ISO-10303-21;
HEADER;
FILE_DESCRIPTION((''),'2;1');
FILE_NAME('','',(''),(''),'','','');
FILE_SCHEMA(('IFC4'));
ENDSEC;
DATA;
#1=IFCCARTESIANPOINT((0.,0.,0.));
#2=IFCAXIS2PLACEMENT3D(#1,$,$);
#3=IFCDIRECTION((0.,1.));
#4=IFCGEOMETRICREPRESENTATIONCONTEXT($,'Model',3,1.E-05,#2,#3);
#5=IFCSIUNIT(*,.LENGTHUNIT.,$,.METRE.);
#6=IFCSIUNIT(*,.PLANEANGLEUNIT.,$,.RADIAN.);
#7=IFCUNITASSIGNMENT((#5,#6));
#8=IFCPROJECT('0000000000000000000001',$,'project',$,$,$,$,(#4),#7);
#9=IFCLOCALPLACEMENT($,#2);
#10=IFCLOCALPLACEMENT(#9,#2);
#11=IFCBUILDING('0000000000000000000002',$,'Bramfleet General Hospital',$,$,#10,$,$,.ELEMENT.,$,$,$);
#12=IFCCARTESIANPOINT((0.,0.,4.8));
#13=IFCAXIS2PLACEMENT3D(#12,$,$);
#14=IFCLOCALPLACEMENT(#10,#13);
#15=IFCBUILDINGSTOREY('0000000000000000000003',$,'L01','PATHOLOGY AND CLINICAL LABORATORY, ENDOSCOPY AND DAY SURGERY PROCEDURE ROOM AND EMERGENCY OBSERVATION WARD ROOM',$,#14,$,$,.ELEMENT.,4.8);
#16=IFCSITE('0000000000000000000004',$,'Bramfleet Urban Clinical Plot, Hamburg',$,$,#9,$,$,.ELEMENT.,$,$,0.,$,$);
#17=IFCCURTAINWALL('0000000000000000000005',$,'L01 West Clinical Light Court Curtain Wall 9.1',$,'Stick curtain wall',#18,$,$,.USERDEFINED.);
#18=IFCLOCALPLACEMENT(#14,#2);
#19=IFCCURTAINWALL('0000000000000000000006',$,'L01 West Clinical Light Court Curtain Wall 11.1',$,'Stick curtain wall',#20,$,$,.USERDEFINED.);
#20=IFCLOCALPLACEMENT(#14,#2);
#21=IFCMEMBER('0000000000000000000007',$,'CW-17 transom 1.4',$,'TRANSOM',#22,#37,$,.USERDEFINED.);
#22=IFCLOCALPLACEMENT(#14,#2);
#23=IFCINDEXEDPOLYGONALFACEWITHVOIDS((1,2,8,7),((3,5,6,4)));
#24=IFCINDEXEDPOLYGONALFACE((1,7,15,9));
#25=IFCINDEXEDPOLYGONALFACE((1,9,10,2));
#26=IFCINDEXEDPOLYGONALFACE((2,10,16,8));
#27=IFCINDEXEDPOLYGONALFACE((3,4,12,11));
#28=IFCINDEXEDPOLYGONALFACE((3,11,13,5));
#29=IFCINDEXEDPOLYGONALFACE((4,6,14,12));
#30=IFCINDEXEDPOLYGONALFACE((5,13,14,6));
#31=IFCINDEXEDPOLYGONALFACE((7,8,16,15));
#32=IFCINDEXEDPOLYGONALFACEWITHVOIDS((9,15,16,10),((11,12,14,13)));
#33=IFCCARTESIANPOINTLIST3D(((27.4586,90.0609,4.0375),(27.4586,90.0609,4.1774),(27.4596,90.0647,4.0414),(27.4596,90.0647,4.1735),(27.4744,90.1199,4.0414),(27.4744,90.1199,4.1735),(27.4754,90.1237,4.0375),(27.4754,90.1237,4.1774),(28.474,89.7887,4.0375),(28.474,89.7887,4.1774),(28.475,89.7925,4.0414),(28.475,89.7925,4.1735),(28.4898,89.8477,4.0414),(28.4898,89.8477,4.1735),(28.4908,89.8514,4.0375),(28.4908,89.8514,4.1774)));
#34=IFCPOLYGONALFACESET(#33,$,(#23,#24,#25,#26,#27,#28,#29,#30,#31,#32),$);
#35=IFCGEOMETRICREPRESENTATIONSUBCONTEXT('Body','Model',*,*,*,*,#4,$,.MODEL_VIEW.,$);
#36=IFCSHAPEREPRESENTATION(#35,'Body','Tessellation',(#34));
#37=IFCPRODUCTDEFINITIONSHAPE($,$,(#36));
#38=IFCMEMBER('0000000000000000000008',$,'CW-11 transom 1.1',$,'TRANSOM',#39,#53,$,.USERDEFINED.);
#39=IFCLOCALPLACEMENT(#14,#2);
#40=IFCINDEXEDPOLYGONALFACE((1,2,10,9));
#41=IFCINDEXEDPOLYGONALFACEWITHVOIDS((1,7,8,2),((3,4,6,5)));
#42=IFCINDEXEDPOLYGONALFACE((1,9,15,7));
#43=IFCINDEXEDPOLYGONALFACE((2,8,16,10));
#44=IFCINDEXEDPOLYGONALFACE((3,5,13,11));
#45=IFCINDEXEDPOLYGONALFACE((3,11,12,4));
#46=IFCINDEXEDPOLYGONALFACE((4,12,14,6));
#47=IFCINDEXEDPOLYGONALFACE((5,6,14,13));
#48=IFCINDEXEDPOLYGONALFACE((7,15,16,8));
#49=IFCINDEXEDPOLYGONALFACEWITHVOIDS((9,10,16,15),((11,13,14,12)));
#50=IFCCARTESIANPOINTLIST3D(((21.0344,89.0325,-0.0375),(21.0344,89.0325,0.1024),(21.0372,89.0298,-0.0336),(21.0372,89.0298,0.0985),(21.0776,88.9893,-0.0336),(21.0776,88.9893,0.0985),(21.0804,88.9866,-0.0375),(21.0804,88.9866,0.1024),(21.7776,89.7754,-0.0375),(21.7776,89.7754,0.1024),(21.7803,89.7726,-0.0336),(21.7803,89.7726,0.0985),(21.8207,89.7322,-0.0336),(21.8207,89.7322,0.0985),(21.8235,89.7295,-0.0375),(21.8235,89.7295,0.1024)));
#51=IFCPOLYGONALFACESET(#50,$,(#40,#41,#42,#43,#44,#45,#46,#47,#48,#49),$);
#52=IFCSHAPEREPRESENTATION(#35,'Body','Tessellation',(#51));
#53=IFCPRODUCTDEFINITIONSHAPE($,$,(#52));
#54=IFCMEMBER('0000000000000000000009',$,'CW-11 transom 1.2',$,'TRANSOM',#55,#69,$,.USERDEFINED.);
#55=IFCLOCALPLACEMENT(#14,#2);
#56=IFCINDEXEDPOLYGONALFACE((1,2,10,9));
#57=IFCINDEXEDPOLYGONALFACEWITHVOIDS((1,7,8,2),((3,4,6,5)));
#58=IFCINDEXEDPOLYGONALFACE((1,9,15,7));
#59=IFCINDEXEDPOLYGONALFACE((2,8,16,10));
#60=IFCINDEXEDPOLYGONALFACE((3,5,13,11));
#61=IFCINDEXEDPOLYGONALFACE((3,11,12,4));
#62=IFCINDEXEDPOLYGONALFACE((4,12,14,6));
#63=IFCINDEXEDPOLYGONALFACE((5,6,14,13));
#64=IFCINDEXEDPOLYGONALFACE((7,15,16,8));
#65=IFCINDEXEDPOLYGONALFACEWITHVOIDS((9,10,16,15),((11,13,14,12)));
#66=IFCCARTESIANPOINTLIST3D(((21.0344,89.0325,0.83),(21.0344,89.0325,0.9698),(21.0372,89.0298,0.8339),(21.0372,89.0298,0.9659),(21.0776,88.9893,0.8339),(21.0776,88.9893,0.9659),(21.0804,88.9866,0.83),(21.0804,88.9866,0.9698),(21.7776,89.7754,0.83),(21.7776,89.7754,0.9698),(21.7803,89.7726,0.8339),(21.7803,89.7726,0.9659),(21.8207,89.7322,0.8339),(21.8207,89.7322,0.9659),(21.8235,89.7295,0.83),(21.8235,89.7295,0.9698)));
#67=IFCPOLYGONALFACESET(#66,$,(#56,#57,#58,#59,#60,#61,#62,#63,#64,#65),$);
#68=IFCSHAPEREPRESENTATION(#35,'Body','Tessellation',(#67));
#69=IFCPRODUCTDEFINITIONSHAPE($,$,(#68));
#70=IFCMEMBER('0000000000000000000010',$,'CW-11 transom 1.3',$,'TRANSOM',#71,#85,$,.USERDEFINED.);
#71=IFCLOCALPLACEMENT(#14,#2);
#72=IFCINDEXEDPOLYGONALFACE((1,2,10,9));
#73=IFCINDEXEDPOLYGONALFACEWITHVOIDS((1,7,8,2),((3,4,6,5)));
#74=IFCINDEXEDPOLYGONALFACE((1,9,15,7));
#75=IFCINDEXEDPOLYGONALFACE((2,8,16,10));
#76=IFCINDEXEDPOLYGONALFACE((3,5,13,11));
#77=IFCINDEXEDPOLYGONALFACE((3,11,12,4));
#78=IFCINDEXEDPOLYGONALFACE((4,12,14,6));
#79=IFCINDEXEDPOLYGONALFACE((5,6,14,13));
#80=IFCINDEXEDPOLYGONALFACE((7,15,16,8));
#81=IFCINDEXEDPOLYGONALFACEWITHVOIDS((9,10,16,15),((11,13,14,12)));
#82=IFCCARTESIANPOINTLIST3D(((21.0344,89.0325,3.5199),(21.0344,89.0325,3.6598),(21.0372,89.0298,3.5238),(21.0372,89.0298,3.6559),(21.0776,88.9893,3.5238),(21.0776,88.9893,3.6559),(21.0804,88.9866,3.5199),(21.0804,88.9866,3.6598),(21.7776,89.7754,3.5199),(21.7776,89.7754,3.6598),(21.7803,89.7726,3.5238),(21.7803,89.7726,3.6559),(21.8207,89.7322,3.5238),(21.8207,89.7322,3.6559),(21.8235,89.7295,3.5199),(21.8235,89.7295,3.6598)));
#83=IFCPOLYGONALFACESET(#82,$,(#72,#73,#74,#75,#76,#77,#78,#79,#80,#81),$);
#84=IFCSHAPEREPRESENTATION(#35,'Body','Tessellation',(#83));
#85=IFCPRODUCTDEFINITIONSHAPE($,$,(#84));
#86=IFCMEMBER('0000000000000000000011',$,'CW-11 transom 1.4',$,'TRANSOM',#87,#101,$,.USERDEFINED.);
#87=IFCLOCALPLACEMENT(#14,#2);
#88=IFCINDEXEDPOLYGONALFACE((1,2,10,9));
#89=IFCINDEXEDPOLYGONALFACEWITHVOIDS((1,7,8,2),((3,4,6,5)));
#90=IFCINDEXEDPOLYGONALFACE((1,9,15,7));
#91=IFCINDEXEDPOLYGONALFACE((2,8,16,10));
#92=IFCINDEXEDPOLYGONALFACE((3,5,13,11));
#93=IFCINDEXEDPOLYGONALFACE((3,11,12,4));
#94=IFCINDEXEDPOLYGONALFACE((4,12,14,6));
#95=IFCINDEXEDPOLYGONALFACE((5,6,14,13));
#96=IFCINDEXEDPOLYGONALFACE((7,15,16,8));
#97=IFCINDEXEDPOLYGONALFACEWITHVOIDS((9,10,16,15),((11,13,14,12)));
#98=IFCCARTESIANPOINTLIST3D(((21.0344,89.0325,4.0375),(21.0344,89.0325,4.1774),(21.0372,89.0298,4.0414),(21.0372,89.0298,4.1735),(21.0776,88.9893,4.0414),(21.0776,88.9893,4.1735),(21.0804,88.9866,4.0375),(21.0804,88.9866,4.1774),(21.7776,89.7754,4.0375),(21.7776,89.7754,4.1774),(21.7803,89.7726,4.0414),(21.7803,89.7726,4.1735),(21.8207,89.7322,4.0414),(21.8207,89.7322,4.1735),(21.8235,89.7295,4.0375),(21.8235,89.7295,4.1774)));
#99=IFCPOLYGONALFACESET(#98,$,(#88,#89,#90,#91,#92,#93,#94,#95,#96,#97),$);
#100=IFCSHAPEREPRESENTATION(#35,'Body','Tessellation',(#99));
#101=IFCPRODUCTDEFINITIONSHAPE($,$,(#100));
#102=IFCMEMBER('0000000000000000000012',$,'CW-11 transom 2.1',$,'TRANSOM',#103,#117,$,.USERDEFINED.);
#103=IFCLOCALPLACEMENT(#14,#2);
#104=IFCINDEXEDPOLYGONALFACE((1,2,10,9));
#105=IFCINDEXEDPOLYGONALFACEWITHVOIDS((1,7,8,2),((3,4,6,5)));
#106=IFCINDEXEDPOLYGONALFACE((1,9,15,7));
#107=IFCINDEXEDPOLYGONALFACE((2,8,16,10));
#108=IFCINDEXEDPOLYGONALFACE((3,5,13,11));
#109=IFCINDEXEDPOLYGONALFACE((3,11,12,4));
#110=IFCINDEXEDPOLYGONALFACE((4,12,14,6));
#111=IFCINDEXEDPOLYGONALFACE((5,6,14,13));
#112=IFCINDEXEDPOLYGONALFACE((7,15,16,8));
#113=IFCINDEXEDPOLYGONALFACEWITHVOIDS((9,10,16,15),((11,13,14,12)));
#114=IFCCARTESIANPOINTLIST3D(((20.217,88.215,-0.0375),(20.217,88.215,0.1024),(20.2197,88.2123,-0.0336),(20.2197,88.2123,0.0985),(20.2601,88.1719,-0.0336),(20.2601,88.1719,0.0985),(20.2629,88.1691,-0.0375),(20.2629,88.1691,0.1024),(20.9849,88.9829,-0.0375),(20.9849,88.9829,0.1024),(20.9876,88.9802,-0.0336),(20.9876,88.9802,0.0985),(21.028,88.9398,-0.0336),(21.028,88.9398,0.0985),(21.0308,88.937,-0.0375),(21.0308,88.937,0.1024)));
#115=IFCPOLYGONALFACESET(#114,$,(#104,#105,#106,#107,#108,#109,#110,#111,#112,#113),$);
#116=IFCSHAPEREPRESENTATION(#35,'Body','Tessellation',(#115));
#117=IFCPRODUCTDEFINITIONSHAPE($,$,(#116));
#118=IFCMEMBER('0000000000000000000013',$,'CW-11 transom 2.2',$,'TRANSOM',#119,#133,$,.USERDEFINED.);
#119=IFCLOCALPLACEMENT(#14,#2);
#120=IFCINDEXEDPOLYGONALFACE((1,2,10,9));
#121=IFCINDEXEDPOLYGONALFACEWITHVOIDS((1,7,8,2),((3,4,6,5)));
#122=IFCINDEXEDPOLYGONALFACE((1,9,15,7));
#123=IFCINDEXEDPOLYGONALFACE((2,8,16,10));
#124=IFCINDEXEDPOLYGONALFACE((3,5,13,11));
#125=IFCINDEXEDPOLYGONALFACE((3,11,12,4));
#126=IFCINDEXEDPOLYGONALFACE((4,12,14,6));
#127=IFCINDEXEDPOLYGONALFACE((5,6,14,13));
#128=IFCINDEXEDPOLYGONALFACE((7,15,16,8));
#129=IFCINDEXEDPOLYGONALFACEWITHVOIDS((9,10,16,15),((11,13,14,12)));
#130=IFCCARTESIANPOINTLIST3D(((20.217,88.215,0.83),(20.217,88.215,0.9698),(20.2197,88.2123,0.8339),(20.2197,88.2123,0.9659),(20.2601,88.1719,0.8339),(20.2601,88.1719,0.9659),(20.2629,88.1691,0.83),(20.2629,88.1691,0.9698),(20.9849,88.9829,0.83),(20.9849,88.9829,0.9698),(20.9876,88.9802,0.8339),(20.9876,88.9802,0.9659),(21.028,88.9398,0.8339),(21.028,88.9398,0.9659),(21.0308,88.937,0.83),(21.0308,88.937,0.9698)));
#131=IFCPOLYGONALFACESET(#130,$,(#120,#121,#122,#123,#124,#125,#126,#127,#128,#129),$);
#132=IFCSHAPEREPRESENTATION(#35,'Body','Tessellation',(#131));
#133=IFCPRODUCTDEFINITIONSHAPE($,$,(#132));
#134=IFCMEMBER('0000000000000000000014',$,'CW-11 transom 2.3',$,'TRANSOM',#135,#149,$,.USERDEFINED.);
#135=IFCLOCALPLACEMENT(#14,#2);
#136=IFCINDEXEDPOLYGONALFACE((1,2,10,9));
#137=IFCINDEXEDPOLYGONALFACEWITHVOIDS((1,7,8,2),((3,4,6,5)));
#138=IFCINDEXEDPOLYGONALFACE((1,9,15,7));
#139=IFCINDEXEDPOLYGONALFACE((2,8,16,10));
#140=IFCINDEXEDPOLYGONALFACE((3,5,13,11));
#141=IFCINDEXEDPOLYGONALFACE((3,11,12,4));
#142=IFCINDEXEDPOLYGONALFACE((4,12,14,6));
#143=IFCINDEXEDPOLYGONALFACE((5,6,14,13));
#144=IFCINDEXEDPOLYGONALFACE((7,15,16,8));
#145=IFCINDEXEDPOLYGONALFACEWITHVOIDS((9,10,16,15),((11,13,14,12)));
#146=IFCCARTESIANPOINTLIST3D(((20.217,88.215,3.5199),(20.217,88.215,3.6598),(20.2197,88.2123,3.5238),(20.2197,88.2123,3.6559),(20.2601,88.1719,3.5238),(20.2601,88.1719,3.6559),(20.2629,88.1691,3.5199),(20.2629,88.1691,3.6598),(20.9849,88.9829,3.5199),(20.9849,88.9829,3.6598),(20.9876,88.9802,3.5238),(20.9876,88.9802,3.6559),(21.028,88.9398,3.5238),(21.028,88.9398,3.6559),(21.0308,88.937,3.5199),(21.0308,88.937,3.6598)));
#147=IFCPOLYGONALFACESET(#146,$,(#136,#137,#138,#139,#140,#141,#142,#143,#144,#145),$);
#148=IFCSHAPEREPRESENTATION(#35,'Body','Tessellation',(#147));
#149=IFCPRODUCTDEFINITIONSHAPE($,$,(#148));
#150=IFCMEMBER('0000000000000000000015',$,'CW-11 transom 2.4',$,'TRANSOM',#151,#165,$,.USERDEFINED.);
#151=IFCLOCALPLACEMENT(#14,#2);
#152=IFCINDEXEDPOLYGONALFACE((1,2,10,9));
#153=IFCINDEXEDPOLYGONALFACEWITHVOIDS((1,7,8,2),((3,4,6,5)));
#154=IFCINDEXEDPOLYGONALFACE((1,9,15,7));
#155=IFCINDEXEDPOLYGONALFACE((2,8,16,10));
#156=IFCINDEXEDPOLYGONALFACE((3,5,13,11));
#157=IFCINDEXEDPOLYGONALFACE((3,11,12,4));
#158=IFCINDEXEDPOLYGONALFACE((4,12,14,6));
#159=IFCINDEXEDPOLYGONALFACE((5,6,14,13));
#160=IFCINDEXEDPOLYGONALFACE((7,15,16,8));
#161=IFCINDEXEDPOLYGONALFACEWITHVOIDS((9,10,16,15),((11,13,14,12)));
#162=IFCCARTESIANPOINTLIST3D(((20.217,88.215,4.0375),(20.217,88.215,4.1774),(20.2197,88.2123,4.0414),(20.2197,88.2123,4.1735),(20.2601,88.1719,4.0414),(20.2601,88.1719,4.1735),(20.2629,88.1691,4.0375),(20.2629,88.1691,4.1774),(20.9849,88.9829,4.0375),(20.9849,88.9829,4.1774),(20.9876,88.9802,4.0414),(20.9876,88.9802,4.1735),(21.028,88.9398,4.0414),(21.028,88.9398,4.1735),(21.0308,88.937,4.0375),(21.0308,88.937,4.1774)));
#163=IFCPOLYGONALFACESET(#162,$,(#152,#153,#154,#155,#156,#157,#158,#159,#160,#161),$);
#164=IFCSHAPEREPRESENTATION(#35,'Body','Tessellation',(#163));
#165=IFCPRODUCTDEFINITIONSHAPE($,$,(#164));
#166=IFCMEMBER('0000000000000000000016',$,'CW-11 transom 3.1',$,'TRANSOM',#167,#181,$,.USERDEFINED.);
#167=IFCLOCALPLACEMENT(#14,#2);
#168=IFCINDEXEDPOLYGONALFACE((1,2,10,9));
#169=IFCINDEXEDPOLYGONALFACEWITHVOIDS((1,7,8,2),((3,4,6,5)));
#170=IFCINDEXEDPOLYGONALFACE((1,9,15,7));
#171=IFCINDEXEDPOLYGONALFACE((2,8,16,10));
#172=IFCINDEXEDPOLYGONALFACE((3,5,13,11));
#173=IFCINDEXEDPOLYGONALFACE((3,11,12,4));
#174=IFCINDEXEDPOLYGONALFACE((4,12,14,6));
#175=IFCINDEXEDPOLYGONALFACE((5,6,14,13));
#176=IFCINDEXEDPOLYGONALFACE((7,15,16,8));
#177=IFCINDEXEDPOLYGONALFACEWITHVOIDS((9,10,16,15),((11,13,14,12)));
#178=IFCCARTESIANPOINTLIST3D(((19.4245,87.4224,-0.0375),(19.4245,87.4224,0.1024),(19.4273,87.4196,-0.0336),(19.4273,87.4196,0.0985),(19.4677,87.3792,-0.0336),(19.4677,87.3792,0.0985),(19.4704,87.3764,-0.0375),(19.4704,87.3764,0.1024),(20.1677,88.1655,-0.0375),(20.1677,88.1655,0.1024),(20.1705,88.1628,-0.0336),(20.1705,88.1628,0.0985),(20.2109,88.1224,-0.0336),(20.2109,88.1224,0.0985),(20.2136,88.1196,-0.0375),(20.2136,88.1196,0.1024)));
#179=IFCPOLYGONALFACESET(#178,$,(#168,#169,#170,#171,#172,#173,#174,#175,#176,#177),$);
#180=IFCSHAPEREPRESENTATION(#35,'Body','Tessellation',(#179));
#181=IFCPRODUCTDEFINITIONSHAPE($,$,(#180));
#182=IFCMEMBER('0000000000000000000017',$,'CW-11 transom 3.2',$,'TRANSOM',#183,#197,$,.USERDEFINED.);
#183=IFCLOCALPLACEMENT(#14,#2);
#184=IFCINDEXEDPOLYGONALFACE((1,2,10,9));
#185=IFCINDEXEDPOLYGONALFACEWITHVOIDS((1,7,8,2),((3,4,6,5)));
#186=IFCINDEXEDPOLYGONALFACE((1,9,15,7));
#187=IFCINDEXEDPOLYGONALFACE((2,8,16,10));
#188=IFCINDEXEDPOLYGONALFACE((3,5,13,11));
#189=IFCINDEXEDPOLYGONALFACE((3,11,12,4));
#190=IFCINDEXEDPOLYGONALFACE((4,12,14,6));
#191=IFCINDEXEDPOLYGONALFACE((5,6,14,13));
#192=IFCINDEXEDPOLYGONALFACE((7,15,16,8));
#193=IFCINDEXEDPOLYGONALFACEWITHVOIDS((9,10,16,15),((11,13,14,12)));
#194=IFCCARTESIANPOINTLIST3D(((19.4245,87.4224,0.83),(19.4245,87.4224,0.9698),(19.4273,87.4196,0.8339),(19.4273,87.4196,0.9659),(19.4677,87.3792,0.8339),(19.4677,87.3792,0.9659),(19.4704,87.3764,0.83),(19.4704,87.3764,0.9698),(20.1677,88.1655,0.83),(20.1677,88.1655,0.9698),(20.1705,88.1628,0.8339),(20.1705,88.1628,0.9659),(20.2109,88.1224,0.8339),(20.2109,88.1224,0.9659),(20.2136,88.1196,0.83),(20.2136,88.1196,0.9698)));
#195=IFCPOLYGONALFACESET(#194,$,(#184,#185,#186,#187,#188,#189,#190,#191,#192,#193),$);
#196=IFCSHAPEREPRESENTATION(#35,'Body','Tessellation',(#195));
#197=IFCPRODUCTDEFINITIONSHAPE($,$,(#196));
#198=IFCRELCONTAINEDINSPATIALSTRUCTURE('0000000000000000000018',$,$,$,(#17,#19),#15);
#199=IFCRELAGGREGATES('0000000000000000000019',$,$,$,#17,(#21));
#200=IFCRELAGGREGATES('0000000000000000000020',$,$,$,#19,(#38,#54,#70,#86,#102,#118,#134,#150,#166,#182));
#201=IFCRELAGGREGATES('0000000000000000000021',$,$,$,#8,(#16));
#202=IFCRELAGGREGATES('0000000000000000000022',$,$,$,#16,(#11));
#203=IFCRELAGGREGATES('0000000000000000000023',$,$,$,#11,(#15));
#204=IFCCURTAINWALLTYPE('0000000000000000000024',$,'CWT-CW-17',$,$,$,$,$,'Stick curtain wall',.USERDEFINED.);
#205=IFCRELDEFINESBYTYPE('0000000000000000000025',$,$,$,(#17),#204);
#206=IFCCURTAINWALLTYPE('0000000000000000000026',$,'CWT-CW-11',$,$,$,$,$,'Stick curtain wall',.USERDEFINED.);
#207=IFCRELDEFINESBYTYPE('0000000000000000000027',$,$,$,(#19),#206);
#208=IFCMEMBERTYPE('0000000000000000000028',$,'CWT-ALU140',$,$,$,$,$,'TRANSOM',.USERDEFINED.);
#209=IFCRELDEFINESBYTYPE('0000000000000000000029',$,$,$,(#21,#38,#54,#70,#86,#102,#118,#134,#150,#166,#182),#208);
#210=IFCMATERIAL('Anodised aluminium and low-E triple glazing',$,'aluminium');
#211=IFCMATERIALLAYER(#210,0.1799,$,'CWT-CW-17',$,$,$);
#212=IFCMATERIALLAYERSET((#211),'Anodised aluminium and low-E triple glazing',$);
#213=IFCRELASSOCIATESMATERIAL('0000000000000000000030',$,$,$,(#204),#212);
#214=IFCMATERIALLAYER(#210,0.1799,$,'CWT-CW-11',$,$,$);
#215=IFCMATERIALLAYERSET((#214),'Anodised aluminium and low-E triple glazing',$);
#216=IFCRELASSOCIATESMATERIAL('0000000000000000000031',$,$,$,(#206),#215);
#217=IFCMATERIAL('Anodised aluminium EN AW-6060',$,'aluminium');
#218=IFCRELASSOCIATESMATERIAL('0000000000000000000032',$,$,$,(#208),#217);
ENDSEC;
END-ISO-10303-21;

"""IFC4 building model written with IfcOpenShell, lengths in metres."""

from ifc_helpers import new_model, si_unit, direction, frame, origin, origin_2d, place, context, subcontext, project, spatial, hollow_rectangle, extrude, material, layer, layer_set, material_profile, profile_set, type_object, element, aggregate, save


model = new_model("IFC4")

# Units and contexts
model_context = context("Model", 3, precision=1e-05, world=origin(), true_north=direction((0.0, 1.0)))
body_context = subcontext(model_context, "Body", "Model", "MODEL_VIEW")
ifc_project = project(units=[si_unit("LENGTHUNIT", "METRE"), si_unit("PLANEANGLEUNIT", "RADIAN")], contexts=[model_context])

# Site, building, storey
site_placement = place(None, origin())
site = spatial("IfcSite", under=ifc_project, at=site_placement, Name="Bramfleet Urban Clinical Plot, Hamburg", CompositionType="ELEMENT", RefElevation=0.0)
building_placement = place(site_placement, origin())
building = spatial("IfcBuilding", under=site, at=building_placement, Name="Bramfleet General Hospital", CompositionType="ELEMENT")
storey_placement = place(building_placement, frame((0.0, 0.0, 4.8)))
storey = spatial("IfcBuildingStorey", under=building, at=storey_placement, Name="L01", Description="PATHOLOGY AND CLINICAL LABORATORY, ENDOSCOPY AND DAY SURGERY PROCEDURE ROOM AND EMERGENCY OBSERVATION WARD ROOM", CompositionType="ELEMENT", Elevation=4.8)

# Curtain wall
ifc_material_1 = material(Name="Anodised aluminium and low-E triple glazing", Category="aluminium")
ifc_material_2 = material(Name="Anodised aluminium EN AW-6060", Category="aluminium")
ifc_layer_1 = layer(ifc_material_1, 0.1799, Name="CWT-CW-17")
ifc_layer_set_1 = layer_set([ifc_layer_1], Name="Anodised aluminium and low-E triple glazing")
curtain_wall_type_1 = type_object("IfcCurtainWallType", Name="CWT-CW-17", ElementType="Stick curtain wall", PredefinedType="USERDEFINED", material=ifc_layer_set_1)
curtain_wall_1_placement = place(storey_placement, origin())
curtain_wall_1 = element("IfcCurtainWall", 1, at=curtain_wall_1_placement, inside=storey, type_object=curtain_wall_type_1, Name="L01 West Clinical Light Court Curtain Wall 9.1", ObjectType="Stick curtain wall", PredefinedType="USERDEFINED")

# Curtain wall
ifc_layer_2 = layer(ifc_material_1, 0.1799, Name="CWT-CW-11")
ifc_layer_set_2 = layer_set([ifc_layer_2], Name="Anodised aluminium and low-E triple glazing")
curtain_wall_type_2 = type_object("IfcCurtainWallType", Name="CWT-CW-11", ElementType="Stick curtain wall", PredefinedType="USERDEFINED", material=ifc_layer_set_2)
curtain_wall_2_placement = place(storey_placement, origin())
curtain_wall_2 = element("IfcCurtainWall", 2, at=curtain_wall_2_placement, inside=storey, type_object=curtain_wall_type_2, Name="L01 West Clinical Light Court Curtain Wall 11.1", ObjectType="Stick curtain wall", PredefinedType="USERDEFINED")

# Members
ifc_material_profile_1 = material_profile(ifc_material_2, hollow_rectangle(XDim=0.0649, YDim=0.1399, WallThickness=0.0039, at=origin_2d()), Name="ALU 140x65x4.0")
ifc_profile_set_1 = profile_set([ifc_material_profile_1], Name="Anodised aluminium EN AW-6060")
member_type_1 = type_object("IfcMemberType", Name="CWT-ALU140", ElementType="TRANSOM", PredefinedType="USERDEFINED", material=ifc_profile_set_1)
member_1_placement = place(storey_placement, frame((28.4824, 89.8201, 4.1074), z_axis=(-0.965891, 0.258949, 0.0), x_axis=(-0.258949, -0.965891, 0.0)))
member_1 = element("IfcMember", 3, at=member_1_placement, type_object=member_type_1, Name="CW-17 transom 1.4", ObjectType="TRANSOM", PredefinedType="USERDEFINED", context=body_context, shape_type="SweptSolid", body=[
    extrude(hollow_rectangle(XDim=0.0649, YDim=0.1399, WallThickness=0.0039, at=origin_2d()), origin(), (0.0, 0.0, 1.0), 1.0513),
])
aggregate(curtain_wall_1, [member_1])
member_2_placement = place(storey_placement, frame((21.8005, 89.7524, 0.0325), z_axis=(-0.707223, -0.706991, 0.0), x_axis=(0.706991, -0.707223, 0.0)))
member_2 = element("IfcMember", 4, at=member_2_placement, type_object=member_type_1, Name="CW-11 transom 1.1", ObjectType="TRANSOM", PredefinedType="USERDEFINED", context=body_context, shape_type="SweptSolid", body=[
    extrude(hollow_rectangle(XDim=0.0649, YDim=0.1399, WallThickness=0.0039, at=origin_2d()), origin(), (0.0, 0.0, 1.0), 1.0508),
])
member_3_placement = place(storey_placement, frame((21.8005, 89.7524, 0.8999), z_axis=(-0.707223, -0.706991, 0.0), x_axis=(0.706991, -0.707223, 0.0)))
member_3 = element("IfcMember", 5, at=member_3_placement, type_object=member_type_1, Name="CW-11 transom 1.2", ObjectType="TRANSOM", PredefinedType="USERDEFINED", context=body_context, shape_type="SweptSolid", body=[
    extrude(hollow_rectangle(XDim=0.0649, YDim=0.1399, WallThickness=0.0039, at=origin_2d()), origin(), (0.0, 0.0, 1.0), 1.0508),
])
member_4_placement = place(storey_placement, frame((21.8005, 89.7524, 3.5898), z_axis=(-0.707223, -0.706991, 0.0), x_axis=(0.706991, -0.707223, 0.0)))
member_4 = element("IfcMember", 6, at=member_4_placement, type_object=member_type_1, Name="CW-11 transom 1.3", ObjectType="TRANSOM", PredefinedType="USERDEFINED", context=body_context, shape_type="SweptSolid", body=[
    extrude(hollow_rectangle(XDim=0.0649, YDim=0.1399, WallThickness=0.0039, at=origin_2d()), origin(), (0.0, 0.0, 1.0), 1.0508),
])
member_5_placement = place(storey_placement, frame((21.8005, 89.7524, 4.1074), z_axis=(-0.707223, -0.706991, 0.0), x_axis=(0.706991, -0.707223, 0.0)))
member_5 = element("IfcMember", 7, at=member_5_placement, type_object=member_type_1, Name="CW-11 transom 1.4", ObjectType="TRANSOM", PredefinedType="USERDEFINED", context=body_context, shape_type="SweptSolid", body=[
    extrude(hollow_rectangle(XDim=0.0649, YDim=0.1399, WallThickness=0.0039, at=origin_2d()), origin(), (0.0, 0.0, 1.0), 1.0508),
])
member_6_placement = place(storey_placement, frame((21.0078, 88.96, 0.0325), z_axis=(-0.707107, -0.707107, 0.0), x_axis=(0.707107, -0.707107, 0.0)))
member_6 = element("IfcMember", 8, at=member_6_placement, type_object=member_type_1, Name="CW-11 transom 2.1", ObjectType="TRANSOM", PredefinedType="USERDEFINED", context=body_context, shape_type="SweptSolid", body=[
    extrude(hollow_rectangle(XDim=0.0649, YDim=0.1399, WallThickness=0.0039, at=origin_2d()), origin(), (0.0, 0.0, 1.0), 1.0859),
])
member_7_placement = place(storey_placement, frame((21.0078, 88.96, 0.8999), z_axis=(-0.707107, -0.707107, 0.0), x_axis=(0.707107, -0.707107, 0.0)))
member_7 = element("IfcMember", 9, at=member_7_placement, type_object=member_type_1, Name="CW-11 transom 2.2", ObjectType="TRANSOM", PredefinedType="USERDEFINED", context=body_context, shape_type="SweptSolid", body=[
    extrude(hollow_rectangle(XDim=0.0649, YDim=0.1399, WallThickness=0.0039, at=origin_2d()), origin(), (0.0, 0.0, 1.0), 1.0859),
])
member_8_placement = place(storey_placement, frame((21.0078, 88.96, 3.5898), z_axis=(-0.707107, -0.707107, 0.0), x_axis=(0.707107, -0.707107, 0.0)))
member_8 = element("IfcMember", 10, at=member_8_placement, type_object=member_type_1, Name="CW-11 transom 2.3", ObjectType="TRANSOM", PredefinedType="USERDEFINED", context=body_context, shape_type="SweptSolid", body=[
    extrude(hollow_rectangle(XDim=0.0649, YDim=0.1399, WallThickness=0.0039, at=origin_2d()), origin(), (0.0, 0.0, 1.0), 1.0859),
])
member_9_placement = place(storey_placement, frame((21.0078, 88.96, 4.1074), z_axis=(-0.707107, -0.707107, 0.0), x_axis=(0.707107, -0.707107, 0.0)))
member_9 = element("IfcMember", 11, at=member_9_placement, type_object=member_type_1, Name="CW-11 transom 2.4", ObjectType="TRANSOM", PredefinedType="USERDEFINED", context=body_context, shape_type="SweptSolid", body=[
    extrude(hollow_rectangle(XDim=0.0649, YDim=0.1399, WallThickness=0.0039, at=origin_2d()), origin(), (0.0, 0.0, 1.0), 1.0859),
])
member_10_placement = place(storey_placement, frame((20.1907, 88.1426, 0.0325), z_axis=(-0.707107, -0.707107, 0.0), x_axis=(0.707107, -0.707107, 0.0)))
member_10 = element("IfcMember", 12, at=member_10_placement, type_object=member_type_1, Name="CW-11 transom 3.1", ObjectType="TRANSOM", PredefinedType="USERDEFINED", context=body_context, shape_type="SweptSolid", body=[
    extrude(hollow_rectangle(XDim=0.0649, YDim=0.1399, WallThickness=0.0039, at=origin_2d()), origin(), (0.0, 0.0, 1.0), 1.051),
])
member_11_placement = place(storey_placement, frame((20.1907, 88.1426, 0.8999), z_axis=(-0.707107, -0.707107, 0.0), x_axis=(0.707107, -0.707107, 0.0)))
member_11 = element("IfcMember", 13, at=member_11_placement, type_object=member_type_1, Name="CW-11 transom 3.2", ObjectType="TRANSOM", PredefinedType="USERDEFINED", context=body_context, shape_type="SweptSolid", body=[
    extrude(hollow_rectangle(XDim=0.0649, YDim=0.1399, WallThickness=0.0039, at=origin_2d()), origin(), (0.0, 0.0, 1.0), 1.051),
])

aggregate(curtain_wall_2, [member_2, member_3, member_4, member_5, member_6, member_7, member_8, member_9, member_10, member_11])

save(model, "model.ifc")
